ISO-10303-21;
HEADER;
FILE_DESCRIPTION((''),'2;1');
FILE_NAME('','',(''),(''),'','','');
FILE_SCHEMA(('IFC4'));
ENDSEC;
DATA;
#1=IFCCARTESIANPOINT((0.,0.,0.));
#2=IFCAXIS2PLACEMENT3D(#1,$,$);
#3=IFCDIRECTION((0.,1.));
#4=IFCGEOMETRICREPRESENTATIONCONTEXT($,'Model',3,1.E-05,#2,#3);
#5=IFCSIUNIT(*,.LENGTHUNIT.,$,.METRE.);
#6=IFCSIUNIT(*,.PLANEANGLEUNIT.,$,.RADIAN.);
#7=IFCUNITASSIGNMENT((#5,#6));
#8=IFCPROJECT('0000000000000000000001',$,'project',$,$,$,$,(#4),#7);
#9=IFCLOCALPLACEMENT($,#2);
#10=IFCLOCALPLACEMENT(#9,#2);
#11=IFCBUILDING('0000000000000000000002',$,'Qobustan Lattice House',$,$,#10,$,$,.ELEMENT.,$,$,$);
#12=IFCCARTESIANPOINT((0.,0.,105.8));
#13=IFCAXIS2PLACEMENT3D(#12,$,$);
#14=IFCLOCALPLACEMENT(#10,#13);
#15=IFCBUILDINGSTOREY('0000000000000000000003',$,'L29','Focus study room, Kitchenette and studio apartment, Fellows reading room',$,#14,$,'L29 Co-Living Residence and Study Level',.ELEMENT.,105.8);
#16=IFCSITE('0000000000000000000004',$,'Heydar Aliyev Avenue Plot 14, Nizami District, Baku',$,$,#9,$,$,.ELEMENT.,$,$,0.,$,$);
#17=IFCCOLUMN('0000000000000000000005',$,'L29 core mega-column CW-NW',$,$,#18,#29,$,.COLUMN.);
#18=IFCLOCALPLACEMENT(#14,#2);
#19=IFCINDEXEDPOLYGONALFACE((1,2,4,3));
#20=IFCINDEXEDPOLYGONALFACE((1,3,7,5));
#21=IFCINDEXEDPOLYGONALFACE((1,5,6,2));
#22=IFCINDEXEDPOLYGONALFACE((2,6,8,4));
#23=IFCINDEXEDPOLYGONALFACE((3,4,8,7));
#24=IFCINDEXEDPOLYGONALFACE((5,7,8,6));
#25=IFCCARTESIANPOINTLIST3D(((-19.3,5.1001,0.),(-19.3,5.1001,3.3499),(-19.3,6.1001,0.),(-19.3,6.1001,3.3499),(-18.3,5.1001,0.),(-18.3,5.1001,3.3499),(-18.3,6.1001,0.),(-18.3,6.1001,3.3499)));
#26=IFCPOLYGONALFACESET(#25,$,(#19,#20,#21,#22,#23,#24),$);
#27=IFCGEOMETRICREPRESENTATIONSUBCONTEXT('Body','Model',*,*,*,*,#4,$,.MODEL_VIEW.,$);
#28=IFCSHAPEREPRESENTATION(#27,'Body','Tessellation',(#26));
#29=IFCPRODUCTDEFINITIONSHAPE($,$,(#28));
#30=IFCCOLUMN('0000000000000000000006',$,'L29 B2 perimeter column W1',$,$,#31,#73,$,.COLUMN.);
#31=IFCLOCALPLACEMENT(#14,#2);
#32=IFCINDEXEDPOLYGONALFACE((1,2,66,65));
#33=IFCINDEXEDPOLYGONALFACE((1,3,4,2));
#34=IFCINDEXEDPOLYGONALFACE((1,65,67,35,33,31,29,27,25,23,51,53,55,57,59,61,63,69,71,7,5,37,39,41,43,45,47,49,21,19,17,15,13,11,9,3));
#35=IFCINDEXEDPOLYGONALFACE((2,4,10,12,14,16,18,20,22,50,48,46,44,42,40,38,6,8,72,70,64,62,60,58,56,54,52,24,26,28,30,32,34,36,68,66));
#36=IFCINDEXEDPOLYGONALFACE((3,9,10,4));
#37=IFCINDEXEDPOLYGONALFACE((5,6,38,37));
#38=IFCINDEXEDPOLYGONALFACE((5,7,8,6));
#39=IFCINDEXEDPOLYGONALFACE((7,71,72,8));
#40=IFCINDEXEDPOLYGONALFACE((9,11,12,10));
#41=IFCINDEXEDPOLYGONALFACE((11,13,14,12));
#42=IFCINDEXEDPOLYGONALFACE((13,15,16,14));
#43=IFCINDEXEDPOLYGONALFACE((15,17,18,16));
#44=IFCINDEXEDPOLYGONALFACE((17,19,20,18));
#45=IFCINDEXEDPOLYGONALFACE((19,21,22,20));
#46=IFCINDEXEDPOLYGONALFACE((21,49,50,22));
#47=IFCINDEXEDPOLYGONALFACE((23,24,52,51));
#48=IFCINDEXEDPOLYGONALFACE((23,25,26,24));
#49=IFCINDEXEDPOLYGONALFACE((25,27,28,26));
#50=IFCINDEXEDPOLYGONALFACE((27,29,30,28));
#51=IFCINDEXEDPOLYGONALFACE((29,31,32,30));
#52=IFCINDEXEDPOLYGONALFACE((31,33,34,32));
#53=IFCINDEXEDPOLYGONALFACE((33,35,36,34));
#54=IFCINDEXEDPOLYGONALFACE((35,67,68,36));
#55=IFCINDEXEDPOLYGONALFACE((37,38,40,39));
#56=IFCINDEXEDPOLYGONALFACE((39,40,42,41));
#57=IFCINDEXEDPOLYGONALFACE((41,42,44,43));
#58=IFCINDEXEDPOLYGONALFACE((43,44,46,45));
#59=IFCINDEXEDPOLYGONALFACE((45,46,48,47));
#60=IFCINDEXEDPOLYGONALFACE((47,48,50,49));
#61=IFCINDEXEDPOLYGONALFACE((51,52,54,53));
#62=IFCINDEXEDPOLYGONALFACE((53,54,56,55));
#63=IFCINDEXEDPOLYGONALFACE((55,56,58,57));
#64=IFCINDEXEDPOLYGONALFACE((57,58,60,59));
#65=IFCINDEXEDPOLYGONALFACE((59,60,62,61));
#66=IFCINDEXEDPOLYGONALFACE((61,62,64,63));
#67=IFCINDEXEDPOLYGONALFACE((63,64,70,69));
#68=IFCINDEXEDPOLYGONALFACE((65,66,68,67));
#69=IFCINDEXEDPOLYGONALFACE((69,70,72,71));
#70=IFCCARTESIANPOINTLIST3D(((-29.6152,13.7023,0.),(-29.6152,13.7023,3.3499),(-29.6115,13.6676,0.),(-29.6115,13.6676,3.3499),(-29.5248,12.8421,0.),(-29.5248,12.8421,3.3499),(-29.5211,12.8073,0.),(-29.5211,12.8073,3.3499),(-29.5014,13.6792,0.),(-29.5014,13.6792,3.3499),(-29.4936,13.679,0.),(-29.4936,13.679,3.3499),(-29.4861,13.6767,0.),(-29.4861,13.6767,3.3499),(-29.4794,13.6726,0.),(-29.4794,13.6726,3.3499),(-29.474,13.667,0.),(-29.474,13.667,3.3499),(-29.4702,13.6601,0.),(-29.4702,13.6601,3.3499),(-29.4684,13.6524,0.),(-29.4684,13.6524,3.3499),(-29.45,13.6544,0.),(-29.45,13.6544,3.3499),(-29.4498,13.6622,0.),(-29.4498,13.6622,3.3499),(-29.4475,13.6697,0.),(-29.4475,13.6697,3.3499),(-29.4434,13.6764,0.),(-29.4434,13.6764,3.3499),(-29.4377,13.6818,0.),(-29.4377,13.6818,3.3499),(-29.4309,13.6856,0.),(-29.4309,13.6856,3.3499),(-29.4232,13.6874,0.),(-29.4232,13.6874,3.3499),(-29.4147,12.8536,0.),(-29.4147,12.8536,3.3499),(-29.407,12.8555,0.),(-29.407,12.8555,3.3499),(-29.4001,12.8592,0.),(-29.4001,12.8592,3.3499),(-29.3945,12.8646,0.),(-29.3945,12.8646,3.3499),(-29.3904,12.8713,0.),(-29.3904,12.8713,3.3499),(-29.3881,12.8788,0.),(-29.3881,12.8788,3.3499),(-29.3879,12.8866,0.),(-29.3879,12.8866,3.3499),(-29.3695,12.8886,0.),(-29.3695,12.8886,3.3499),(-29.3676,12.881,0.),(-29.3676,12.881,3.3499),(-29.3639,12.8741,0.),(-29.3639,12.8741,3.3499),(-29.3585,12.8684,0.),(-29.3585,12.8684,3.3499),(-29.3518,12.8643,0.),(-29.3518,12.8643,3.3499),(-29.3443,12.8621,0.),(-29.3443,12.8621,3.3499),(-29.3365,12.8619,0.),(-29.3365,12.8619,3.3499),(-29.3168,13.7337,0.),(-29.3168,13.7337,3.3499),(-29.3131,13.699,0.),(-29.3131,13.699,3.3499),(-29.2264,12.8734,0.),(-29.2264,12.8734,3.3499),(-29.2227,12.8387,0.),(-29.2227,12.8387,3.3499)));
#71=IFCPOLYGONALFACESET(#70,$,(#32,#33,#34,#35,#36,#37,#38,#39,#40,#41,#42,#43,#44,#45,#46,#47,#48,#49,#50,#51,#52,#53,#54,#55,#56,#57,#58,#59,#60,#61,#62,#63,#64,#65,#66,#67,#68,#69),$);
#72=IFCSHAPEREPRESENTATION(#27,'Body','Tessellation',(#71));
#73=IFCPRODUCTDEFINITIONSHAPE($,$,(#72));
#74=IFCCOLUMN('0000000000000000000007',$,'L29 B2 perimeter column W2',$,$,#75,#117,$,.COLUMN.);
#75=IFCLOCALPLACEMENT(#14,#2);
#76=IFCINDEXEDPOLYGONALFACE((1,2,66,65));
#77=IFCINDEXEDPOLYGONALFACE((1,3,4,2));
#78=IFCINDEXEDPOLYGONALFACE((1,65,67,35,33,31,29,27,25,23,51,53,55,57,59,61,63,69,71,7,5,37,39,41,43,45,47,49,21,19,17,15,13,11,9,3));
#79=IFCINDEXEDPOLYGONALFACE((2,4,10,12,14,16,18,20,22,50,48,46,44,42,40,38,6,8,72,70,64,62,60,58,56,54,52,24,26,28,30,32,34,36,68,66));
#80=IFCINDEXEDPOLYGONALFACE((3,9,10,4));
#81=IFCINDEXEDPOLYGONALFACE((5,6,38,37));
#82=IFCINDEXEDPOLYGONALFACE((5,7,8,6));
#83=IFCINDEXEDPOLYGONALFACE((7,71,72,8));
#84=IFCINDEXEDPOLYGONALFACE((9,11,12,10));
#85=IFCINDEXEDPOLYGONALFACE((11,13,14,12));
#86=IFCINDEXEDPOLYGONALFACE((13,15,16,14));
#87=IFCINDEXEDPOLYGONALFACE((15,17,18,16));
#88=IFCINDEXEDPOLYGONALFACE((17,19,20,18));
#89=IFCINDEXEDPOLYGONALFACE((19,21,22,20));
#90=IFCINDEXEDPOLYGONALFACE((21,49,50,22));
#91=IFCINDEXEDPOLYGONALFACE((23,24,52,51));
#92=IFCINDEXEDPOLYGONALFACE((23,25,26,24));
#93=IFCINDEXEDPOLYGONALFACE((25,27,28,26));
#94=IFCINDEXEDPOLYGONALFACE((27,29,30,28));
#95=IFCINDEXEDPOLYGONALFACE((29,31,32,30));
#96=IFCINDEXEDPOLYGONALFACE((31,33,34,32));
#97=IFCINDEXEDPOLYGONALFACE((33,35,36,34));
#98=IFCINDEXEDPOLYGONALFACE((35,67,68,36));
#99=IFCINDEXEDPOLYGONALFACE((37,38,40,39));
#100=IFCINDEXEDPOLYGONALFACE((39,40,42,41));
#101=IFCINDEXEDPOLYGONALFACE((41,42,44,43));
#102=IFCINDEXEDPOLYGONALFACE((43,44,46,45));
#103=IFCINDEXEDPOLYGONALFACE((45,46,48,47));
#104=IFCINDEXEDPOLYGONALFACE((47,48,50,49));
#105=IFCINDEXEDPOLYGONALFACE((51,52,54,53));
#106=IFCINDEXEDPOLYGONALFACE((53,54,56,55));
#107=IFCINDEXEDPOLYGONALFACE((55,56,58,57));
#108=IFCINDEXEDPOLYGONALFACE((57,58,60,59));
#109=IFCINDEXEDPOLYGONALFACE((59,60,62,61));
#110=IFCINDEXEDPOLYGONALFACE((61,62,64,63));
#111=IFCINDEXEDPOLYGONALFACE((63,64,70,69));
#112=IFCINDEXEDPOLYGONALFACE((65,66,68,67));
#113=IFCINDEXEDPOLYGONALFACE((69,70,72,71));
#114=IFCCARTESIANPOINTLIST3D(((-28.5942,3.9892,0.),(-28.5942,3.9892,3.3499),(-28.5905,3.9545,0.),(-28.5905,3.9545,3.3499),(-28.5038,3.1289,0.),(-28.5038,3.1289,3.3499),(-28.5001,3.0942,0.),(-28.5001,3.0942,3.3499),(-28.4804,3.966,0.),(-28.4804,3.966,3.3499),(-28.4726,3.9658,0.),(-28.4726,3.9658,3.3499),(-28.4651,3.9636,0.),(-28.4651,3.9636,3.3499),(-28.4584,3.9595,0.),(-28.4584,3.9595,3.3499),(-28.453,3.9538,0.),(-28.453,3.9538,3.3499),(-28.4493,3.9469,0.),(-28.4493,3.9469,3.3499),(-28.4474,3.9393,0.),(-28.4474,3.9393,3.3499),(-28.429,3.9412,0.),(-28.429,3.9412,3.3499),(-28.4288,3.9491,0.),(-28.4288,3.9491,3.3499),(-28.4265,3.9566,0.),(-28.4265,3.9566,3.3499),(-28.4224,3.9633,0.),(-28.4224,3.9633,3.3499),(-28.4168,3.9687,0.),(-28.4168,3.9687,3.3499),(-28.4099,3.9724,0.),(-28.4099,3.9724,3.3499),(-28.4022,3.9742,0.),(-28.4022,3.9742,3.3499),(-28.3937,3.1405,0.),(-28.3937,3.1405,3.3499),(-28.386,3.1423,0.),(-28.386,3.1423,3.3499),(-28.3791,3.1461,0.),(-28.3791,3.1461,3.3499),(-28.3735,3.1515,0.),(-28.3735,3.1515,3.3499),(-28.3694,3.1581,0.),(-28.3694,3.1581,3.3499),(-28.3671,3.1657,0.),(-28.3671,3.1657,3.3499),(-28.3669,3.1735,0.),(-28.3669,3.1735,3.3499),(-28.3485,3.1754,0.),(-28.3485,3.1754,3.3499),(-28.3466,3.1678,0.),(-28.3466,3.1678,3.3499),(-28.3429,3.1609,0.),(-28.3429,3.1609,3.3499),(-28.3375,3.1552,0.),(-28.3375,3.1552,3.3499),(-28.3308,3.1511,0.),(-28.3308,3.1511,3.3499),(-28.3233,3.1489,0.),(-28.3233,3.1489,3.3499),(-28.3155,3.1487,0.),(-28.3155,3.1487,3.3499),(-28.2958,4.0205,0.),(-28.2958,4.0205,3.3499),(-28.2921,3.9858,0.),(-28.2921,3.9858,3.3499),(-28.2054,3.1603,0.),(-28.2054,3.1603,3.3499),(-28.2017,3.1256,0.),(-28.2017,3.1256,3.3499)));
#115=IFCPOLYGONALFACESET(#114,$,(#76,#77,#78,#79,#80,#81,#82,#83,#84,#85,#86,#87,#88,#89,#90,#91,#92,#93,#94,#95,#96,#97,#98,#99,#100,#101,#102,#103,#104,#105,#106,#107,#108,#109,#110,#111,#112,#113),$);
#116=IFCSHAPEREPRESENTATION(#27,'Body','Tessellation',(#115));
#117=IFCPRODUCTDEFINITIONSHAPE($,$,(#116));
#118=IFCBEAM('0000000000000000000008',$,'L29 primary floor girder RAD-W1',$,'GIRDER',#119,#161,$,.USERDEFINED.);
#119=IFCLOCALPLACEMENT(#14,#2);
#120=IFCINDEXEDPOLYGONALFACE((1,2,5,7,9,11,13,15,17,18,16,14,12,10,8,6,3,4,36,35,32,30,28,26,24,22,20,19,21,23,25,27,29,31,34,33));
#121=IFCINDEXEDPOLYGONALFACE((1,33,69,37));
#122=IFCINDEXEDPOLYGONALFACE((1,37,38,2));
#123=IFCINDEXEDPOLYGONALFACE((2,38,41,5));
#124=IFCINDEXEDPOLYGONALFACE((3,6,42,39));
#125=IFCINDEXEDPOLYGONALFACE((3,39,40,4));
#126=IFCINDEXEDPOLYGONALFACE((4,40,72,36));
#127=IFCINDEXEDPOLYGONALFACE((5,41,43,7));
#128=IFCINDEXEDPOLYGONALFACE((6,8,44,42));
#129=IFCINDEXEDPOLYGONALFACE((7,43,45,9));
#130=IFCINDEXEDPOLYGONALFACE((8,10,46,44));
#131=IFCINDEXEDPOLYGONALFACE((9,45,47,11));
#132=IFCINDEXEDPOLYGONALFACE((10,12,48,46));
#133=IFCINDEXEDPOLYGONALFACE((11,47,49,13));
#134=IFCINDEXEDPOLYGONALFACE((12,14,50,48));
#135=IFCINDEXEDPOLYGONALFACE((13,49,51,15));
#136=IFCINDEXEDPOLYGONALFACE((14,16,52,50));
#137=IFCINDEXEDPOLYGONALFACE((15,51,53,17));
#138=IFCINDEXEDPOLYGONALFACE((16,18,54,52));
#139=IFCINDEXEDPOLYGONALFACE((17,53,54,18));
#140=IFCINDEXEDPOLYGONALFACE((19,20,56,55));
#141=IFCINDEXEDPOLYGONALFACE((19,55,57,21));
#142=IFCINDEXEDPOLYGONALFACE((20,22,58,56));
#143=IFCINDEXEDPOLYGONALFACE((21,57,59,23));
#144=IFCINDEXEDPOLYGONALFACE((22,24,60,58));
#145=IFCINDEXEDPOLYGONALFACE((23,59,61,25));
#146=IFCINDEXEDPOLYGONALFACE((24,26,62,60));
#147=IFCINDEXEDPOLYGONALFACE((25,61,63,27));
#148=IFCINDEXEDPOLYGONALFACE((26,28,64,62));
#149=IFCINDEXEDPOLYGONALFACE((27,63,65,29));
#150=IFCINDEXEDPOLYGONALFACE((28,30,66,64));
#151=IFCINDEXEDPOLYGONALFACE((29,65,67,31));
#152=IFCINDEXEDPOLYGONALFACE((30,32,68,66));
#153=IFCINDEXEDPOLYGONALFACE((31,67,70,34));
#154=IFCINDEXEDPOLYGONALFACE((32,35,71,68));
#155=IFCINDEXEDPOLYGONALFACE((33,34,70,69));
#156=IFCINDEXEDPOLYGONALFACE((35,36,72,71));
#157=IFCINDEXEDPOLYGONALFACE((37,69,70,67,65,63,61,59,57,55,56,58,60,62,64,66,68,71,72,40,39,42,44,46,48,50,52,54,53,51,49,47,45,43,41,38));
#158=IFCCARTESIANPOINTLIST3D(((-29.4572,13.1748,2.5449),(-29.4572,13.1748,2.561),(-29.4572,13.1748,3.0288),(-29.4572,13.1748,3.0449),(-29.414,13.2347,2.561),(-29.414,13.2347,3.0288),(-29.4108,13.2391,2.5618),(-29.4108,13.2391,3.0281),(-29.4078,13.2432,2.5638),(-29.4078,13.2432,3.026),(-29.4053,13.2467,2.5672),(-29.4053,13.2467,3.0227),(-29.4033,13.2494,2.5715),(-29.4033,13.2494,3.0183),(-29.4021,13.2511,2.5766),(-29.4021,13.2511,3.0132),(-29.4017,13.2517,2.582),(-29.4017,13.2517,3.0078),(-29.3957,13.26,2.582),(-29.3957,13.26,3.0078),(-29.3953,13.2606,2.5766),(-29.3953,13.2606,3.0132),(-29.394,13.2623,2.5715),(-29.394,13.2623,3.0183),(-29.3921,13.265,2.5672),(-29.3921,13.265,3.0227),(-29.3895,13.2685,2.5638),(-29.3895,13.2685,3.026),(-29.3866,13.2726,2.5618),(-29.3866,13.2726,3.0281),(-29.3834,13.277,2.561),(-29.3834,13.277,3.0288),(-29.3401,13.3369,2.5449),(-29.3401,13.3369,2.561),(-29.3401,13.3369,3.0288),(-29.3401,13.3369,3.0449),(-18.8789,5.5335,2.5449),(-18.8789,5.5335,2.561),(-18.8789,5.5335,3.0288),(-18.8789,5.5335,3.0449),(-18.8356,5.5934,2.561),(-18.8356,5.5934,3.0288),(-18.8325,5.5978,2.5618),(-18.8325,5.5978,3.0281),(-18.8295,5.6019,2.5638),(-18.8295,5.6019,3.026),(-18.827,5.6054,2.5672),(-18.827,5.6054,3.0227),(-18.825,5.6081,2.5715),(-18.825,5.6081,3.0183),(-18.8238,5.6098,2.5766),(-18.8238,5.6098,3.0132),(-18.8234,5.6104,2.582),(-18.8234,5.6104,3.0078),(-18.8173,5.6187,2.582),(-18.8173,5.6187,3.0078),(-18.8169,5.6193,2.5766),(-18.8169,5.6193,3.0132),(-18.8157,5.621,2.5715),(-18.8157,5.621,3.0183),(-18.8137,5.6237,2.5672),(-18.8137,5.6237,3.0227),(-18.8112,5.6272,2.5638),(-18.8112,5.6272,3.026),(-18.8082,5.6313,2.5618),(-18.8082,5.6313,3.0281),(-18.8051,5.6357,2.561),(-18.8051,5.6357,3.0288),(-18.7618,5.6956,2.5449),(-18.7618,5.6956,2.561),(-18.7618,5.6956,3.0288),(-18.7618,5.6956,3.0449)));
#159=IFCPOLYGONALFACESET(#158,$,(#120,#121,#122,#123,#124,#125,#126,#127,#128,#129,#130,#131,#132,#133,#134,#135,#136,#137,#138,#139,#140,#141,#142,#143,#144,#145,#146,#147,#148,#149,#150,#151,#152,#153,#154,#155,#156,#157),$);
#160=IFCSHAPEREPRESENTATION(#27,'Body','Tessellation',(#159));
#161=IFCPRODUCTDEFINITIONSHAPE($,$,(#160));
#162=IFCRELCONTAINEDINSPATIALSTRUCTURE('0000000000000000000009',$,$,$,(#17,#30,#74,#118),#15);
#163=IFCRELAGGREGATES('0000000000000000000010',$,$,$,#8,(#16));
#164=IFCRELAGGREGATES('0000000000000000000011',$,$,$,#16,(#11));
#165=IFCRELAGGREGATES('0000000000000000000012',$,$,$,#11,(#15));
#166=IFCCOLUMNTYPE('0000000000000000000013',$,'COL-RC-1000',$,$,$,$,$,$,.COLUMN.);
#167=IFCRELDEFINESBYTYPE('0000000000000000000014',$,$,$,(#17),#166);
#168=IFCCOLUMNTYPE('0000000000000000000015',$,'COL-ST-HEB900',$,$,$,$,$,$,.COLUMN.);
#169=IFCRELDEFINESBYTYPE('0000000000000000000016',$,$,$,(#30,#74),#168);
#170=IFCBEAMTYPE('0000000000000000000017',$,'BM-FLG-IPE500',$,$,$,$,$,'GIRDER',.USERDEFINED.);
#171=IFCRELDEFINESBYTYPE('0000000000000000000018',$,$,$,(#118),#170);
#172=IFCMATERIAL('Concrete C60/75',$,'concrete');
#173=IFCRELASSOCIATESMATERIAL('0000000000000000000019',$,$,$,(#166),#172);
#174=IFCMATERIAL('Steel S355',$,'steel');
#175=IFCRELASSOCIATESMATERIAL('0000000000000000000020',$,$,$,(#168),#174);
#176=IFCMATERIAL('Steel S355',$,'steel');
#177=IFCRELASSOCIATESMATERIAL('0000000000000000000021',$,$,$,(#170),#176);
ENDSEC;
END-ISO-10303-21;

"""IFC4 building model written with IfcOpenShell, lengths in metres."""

from ifc_helpers import new_model, si_unit, direction, frame, origin, origin_2d, place, context, subcontext, project, spatial, rectangle, i_section, extrude, material, material_profile, profile_set, type_object, element, save


model = new_model("IFC4")

# Units and contexts
model_context = context("Model", 3, precision=1e-05, world=origin(), true_north=direction((0.0, 1.0)))
body_context = subcontext(model_context, "Body", "Model", "MODEL_VIEW")
ifc_project = project(units=[si_unit("LENGTHUNIT", "METRE"), si_unit("PLANEANGLEUNIT", "RADIAN")], contexts=[model_context])

# Site, building, storey
site_placement = place(None, origin())
site = spatial("IfcSite", under=ifc_project, at=site_placement, Name="Heydar Aliyev Avenue Plot 14, Nizami District, Baku", CompositionType="ELEMENT", RefElevation=0.0)
building_placement = place(site_placement, origin())
building = spatial("IfcBuilding", under=site, at=building_placement, Name="Qobustan Lattice House", CompositionType="ELEMENT")
storey_placement = place(building_placement, frame((0.0, 0.0, 105.8)))
storey = spatial("IfcBuildingStorey", under=building, at=storey_placement, Name="L29", Description="Focus study room, Kitchenette and studio apartment, Fellows reading room", LongName="L29 Co-Living Residence and Study Level", CompositionType="ELEMENT", Elevation=105.8)

# Columns
ifc_material_1 = material(Name="Concrete C60/75", Category="concrete")
ifc_material_profile_1 = material_profile(ifc_material_1, rectangle(XDim=1.0, YDim=1.0, at=origin_2d()), Name="RC1000x1000")
ifc_profile_set_1 = profile_set([ifc_material_profile_1], Name="Concrete C60/75")
column_type_1 = type_object("IfcColumnType", Name="COL-RC-1000", PredefinedType="COLUMN", material=ifc_profile_set_1)
column_placement = place(storey_placement, frame((-18.8, 5.6001, 0.0), z_axis=(0.0, 0.0, 1.0), x_axis=(1.0, 0.0, 0.0)))
element("IfcColumn", 1, at=column_placement, inside=storey, type_object=column_type_1, Name="L29 core mega-column CW-NW", PredefinedType="COLUMN", context=body_context, shape_type="SweptSolid", body=[
    extrude(rectangle(XDim=1.0, YDim=1.0, at=origin_2d()), origin(), (0.0, 0.0, 1.0), 3.3499),
])
ifc_material_2 = material(Name="Steel S355", Category="steel")
ifc_material_profile_2 = material_profile(ifc_material_2, i_section(OverallWidth=0.3, OverallDepth=0.8999, WebThickness=0.0186, FlangeThickness=0.0349, FilletRadius=0.03, at=origin_2d()), Name="HEB900")
ifc_profile_set_2 = profile_set([ifc_material_profile_2], Name="Steel S355")
column_type_2 = type_object("IfcColumnType", Name="COL-ST-HEB900", PredefinedType="COLUMN", material=ifc_profile_set_2)
for number, where, z_axis, x_axis, name in (
    (2, (-29.4189, 13.2705, 0.0), (0.0, 0.0, 1.0), (0.994522, 0.104528, 0.0), "L29 B2 perimeter column W1"),
    (3, (-28.3979, 3.5574, 0.0), (0.0, 0.0, 1.0), (0.994522, 0.104528, 0.0), "L29 B2 perimeter column W2"),
):
    element("IfcColumn", number, at=place(storey_placement, frame(where, z_axis=z_axis, x_axis=x_axis)), inside=storey, type_object=column_type_2, Name=name, PredefinedType="COLUMN", context=body_context, shape_type="SweptSolid", body=[
        extrude(i_section(OverallWidth=0.3, OverallDepth=0.8999, WebThickness=0.0186, FlangeThickness=0.0349, FilletRadius=0.03, at=origin_2d()), origin(), (0.0, 0.0, 1.0), 3.3499),
    ])

# Beam
ifc_material_3 = material(Name="Steel S355", Category="steel")
ifc_material_profile_3 = material_profile(ifc_material_3, i_section(OverallWidth=0.2, OverallDepth=0.5, WebThickness=0.0103, FlangeThickness=0.0161, FilletRadius=0.021, at=origin_2d()), Name="IPE500")
ifc_profile_set_3 = profile_set([ifc_material_profile_3], Name="Steel S355")
beam_type_1 = type_object("IfcBeamType", Name="BM-FLG-IPE500", ElementType="GIRDER", PredefinedType="USERDEFINED", material=ifc_profile_set_3)
beam_1_placement = place(storey_placement, frame((-29.3987, 13.2559, 2.7949), z_axis=(0.810627, -0.585562, 0.0), x_axis=(0.585562, 0.810627, 0.0)))
element("IfcBeam", 4, at=beam_1_placement, inside=storey, type_object=beam_type_1, Name="L29 primary floor girder RAD-W1", ObjectType="GIRDER", PredefinedType="USERDEFINED", context=body_context, shape_type="SweptSolid", body=[
    extrude(i_section(OverallWidth=0.2, OverallDepth=0.5, WebThickness=0.0103, FlangeThickness=0.0161, FilletRadius=0.021, at=origin_2d()), origin(), (0.0, 0.0, 1.0), 13.0496),
])

save(model, "model.ifc")
